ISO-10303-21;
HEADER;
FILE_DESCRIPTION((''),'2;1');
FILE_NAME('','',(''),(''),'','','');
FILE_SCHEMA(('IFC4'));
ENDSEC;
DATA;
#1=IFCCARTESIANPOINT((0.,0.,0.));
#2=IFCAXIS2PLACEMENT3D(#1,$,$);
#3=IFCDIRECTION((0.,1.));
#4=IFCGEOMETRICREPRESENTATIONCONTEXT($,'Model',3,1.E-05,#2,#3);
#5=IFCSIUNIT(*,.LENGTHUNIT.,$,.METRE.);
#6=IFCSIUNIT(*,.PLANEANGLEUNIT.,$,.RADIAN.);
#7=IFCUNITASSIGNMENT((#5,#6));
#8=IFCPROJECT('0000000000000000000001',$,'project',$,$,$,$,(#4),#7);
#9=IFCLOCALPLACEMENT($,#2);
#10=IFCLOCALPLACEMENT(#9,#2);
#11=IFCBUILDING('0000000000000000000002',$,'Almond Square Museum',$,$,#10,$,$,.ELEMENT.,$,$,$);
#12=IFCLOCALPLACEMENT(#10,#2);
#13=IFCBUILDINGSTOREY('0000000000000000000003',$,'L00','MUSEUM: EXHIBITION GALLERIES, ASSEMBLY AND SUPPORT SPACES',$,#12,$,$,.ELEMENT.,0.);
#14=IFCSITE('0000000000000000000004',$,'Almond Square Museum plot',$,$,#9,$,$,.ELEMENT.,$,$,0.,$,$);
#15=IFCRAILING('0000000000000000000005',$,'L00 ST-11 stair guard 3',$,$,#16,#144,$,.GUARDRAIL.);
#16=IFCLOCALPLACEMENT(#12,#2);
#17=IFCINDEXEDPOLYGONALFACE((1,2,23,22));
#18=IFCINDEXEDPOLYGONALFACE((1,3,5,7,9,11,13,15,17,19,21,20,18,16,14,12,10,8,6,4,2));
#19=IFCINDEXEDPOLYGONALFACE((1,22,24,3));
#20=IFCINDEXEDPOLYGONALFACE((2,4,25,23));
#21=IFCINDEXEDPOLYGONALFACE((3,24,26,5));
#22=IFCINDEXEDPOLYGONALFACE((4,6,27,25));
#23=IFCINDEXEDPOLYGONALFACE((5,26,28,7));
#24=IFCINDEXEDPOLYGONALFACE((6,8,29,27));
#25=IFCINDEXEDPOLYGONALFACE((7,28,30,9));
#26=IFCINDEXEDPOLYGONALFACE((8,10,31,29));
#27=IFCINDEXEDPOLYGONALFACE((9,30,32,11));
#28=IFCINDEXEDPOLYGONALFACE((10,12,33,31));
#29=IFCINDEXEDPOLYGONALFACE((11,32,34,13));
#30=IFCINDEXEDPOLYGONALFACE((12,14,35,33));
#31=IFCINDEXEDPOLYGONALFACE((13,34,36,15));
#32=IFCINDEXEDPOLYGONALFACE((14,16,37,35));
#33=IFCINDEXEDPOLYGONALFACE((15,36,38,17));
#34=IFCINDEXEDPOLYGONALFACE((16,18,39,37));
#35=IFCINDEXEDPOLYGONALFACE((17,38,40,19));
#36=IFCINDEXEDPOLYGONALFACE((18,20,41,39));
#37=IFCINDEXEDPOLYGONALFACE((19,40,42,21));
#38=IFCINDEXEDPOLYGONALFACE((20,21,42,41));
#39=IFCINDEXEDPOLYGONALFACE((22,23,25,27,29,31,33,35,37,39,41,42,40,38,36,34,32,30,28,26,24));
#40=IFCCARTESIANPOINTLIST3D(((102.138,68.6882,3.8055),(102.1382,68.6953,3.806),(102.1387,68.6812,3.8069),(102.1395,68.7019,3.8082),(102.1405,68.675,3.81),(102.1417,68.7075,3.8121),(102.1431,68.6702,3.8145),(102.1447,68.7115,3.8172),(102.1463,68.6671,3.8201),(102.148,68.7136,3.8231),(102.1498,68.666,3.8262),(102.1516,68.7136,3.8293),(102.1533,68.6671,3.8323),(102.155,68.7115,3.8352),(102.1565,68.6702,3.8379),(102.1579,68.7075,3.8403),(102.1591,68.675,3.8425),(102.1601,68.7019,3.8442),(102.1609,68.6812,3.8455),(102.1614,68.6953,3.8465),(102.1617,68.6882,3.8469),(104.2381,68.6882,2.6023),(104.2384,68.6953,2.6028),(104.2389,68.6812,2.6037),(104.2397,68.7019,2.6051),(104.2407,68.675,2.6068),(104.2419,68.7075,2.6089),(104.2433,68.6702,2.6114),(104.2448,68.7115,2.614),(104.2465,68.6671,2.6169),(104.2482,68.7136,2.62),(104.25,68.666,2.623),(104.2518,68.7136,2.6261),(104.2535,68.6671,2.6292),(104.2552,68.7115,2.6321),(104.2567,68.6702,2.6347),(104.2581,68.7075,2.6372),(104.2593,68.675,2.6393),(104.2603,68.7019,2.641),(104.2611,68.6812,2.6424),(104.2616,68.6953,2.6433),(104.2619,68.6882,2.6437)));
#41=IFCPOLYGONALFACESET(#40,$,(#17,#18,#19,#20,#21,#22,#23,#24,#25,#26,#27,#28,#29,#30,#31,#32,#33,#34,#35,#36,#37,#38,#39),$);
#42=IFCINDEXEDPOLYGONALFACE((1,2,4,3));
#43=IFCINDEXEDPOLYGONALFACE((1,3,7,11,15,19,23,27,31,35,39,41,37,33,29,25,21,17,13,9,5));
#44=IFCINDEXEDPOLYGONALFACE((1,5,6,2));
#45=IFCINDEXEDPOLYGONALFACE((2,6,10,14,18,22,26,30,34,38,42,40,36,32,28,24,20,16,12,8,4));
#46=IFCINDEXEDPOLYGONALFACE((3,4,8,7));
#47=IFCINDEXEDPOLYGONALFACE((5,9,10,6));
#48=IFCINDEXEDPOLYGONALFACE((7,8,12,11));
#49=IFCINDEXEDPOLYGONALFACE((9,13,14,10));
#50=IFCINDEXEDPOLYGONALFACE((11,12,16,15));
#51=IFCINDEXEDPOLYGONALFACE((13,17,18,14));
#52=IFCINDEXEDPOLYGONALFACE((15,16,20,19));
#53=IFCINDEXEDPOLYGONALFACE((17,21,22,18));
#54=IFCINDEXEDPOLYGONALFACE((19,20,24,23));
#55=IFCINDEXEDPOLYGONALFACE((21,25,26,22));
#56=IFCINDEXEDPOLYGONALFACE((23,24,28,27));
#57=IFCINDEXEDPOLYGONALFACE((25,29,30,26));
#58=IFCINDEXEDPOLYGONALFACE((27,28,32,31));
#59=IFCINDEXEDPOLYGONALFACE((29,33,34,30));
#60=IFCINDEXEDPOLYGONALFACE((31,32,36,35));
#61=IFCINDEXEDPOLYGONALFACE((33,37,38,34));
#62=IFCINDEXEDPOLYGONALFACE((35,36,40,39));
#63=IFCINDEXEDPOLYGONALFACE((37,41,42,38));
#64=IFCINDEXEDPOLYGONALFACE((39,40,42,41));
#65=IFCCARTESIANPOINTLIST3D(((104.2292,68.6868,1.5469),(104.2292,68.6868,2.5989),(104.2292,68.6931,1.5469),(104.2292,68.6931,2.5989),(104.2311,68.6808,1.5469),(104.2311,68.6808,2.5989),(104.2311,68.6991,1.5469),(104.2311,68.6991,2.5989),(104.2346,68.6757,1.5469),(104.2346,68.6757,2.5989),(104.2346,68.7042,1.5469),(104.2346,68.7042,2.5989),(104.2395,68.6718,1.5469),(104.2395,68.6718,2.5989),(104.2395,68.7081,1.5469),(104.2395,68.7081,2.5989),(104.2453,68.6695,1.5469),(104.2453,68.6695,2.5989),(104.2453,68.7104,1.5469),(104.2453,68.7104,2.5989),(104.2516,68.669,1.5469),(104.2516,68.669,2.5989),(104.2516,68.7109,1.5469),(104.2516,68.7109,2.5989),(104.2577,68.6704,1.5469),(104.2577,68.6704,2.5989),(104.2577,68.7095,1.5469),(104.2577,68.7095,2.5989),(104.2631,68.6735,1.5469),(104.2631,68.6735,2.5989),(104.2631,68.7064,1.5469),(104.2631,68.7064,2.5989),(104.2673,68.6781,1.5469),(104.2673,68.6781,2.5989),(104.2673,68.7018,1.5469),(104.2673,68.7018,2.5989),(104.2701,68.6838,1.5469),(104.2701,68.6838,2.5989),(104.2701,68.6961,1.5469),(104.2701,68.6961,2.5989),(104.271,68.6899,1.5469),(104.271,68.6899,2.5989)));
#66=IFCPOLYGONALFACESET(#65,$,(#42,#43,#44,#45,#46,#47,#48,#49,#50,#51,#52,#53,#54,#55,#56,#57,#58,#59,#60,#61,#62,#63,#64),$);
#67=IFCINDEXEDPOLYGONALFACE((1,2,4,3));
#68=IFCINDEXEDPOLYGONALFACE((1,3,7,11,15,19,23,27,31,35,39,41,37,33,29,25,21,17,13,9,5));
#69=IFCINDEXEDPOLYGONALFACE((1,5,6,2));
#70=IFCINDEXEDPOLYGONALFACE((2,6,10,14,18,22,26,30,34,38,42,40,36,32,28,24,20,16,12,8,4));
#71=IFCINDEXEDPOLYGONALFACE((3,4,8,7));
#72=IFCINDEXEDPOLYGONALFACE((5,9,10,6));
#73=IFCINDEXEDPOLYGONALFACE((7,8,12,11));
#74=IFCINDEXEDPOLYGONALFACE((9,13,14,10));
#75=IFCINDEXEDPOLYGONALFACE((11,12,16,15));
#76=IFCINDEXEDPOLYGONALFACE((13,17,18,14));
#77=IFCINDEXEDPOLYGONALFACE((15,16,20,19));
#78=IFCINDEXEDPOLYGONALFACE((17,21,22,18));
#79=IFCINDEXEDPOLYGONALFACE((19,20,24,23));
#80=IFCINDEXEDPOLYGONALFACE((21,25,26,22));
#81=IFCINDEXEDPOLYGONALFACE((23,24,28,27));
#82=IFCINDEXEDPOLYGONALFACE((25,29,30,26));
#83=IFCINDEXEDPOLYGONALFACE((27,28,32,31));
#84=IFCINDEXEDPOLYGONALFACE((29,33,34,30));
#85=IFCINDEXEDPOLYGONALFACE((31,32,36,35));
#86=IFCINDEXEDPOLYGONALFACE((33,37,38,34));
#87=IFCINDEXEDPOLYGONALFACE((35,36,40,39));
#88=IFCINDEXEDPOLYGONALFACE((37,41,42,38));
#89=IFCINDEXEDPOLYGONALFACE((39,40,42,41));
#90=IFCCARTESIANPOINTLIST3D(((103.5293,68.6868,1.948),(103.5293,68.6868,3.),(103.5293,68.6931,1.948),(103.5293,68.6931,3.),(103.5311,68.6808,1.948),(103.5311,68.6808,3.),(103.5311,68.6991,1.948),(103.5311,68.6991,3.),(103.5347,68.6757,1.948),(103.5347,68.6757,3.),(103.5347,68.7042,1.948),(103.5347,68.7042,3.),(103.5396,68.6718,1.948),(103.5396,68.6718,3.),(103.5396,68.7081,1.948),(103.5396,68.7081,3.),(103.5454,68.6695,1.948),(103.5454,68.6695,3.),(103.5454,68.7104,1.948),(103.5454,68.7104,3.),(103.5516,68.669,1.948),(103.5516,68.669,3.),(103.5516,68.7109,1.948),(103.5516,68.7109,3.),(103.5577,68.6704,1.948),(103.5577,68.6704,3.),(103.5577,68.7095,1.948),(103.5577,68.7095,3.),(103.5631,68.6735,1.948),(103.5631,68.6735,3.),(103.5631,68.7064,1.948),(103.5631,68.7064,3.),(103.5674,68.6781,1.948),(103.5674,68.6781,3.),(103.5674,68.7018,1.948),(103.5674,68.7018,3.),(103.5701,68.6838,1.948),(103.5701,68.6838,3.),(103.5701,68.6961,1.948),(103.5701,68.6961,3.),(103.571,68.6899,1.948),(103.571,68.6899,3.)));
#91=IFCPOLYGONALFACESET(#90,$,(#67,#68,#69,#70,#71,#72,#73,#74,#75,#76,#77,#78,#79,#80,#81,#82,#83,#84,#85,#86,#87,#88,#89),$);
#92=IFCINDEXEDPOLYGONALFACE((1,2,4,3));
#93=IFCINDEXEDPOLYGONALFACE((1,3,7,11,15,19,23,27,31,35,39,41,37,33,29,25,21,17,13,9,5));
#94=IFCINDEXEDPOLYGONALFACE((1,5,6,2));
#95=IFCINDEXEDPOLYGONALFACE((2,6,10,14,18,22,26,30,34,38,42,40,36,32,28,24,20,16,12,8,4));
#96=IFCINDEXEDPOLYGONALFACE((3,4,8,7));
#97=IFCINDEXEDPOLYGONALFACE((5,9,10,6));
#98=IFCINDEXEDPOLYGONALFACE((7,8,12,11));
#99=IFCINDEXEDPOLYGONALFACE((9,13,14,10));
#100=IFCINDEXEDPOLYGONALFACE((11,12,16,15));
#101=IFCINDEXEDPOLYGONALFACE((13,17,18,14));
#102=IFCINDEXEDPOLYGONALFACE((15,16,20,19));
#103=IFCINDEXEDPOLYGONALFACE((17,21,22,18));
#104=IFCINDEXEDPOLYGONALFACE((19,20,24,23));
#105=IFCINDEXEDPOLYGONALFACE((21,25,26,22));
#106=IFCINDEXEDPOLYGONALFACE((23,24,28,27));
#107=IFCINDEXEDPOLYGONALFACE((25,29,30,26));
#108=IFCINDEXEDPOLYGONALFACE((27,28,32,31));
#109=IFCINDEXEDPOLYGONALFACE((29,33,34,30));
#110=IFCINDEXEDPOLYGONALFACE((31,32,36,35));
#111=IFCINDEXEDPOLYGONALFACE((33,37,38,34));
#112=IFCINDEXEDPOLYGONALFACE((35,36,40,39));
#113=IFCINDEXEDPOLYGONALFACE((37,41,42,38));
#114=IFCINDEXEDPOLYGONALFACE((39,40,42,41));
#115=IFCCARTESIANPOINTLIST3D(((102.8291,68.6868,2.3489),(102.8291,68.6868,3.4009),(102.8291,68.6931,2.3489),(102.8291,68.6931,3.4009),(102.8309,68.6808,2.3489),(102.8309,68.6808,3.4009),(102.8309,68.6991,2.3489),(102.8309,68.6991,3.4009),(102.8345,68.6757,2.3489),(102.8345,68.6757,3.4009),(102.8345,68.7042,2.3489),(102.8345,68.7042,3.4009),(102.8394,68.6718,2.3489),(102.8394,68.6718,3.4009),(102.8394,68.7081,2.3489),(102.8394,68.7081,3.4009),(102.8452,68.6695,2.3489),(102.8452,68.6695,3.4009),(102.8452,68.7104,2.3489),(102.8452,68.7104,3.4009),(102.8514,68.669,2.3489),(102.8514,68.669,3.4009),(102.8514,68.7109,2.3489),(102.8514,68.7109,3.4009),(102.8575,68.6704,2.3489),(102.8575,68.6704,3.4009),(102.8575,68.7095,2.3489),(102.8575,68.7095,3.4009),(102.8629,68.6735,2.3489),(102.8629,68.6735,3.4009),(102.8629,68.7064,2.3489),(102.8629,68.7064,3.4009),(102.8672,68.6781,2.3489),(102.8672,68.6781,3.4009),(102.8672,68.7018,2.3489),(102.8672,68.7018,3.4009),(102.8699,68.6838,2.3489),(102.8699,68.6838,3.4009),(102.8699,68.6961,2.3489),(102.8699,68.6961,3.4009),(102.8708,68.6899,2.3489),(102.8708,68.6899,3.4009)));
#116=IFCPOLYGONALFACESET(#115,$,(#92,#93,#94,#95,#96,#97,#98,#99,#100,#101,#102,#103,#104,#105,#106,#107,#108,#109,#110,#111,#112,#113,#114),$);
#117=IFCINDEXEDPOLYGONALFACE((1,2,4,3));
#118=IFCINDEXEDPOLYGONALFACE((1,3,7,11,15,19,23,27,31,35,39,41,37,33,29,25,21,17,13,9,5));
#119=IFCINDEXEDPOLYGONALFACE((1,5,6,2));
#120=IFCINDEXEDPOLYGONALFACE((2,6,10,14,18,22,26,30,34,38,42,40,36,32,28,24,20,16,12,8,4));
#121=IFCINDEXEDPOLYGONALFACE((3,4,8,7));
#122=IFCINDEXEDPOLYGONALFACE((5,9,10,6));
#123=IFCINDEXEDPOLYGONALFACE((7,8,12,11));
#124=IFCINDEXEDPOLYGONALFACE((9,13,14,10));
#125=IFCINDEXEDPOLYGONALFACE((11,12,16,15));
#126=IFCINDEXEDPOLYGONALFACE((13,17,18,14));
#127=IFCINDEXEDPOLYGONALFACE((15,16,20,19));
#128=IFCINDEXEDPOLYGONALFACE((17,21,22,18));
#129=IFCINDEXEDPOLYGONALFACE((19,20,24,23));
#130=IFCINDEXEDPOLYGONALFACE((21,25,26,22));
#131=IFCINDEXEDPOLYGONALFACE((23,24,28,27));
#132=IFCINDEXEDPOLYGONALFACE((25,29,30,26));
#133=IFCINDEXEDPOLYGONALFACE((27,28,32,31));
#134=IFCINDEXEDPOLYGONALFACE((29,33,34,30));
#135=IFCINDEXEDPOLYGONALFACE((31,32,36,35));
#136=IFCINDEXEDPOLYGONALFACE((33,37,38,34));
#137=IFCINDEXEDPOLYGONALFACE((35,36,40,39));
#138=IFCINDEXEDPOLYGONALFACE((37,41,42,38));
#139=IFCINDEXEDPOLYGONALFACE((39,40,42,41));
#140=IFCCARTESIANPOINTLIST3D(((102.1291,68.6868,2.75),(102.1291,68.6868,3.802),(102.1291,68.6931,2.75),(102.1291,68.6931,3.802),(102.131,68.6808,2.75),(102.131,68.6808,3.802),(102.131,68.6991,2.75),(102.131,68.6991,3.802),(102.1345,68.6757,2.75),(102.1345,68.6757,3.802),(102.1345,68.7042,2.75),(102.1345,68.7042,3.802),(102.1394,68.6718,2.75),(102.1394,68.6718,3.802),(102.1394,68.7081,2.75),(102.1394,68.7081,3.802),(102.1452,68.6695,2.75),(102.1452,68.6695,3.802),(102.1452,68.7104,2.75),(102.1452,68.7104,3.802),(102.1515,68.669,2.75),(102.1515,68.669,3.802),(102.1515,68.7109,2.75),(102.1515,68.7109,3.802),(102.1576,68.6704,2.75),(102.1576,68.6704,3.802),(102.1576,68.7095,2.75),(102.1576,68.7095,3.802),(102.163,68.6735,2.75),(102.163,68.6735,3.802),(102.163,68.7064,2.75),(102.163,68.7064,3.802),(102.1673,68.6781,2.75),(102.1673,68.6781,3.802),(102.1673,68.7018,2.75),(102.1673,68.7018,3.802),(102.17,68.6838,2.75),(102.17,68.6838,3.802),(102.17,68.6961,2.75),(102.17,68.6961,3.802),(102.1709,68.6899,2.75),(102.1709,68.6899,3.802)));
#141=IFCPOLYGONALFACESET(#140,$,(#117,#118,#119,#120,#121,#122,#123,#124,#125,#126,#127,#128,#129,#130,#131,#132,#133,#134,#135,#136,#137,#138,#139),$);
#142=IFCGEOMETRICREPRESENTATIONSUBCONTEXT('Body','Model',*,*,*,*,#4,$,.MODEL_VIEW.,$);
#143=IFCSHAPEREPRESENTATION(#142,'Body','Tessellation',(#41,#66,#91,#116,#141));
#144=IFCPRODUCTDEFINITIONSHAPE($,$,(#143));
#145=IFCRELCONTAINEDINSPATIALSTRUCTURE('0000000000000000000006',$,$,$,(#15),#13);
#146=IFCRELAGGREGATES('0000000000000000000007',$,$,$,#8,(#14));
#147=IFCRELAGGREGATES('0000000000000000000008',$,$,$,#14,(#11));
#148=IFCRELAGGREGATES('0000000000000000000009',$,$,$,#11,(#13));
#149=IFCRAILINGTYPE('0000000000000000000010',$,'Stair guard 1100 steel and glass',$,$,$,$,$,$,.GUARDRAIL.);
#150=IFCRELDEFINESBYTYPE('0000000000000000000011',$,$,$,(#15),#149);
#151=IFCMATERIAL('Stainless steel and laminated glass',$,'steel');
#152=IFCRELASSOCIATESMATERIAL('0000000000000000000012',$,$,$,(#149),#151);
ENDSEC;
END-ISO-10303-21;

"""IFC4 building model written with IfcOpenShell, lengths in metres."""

from ifc_helpers import new_model, si_unit, direction, frame, origin, origin_2d, place, context, subcontext, project, spatial, circle, extrude, material, type_object, element, save


model = new_model("IFC4")

# Units and contexts
model_context = context("Model", 3, precision=1e-05, world=origin(), true_north=direction((0.0, 1.0)))
body_context = subcontext(model_context, "Body", "Model", "MODEL_VIEW")
ifc_project = project(units=[si_unit("LENGTHUNIT", "METRE"), si_unit("PLANEANGLEUNIT", "RADIAN")], contexts=[model_context])

# Site, building, storey
site_placement = place(None, origin())
site = spatial("IfcSite", under=ifc_project, at=site_placement, Name="Almond Square Museum plot", CompositionType="ELEMENT", RefElevation=0.0)
building_placement = place(site_placement, origin())
building = spatial("IfcBuilding", under=site, at=building_placement, Name="Almond Square Museum", CompositionType="ELEMENT")
storey_placement = place(building_placement, origin())
storey = spatial("IfcBuildingStorey", under=building, at=storey_placement, Name="L00", Description="MUSEUM: EXHIBITION GALLERIES, ASSEMBLY AND SUPPORT SPACES", CompositionType="ELEMENT", Elevation=0.0)

# Railing
ifc_material_1 = material(Name="Stainless steel and laminated glass", Category="steel")
railing_type_1 = type_object("IfcRailingType", Name="Stair guard 1100 steel and glass", PredefinedType="GUARDRAIL", material=ifc_material_1)
railing_1_placement = place(storey_placement, frame((104.25, 68.6899, 1.5469)))
element("IfcRailing", 1, at=railing_1_placement, inside=storey, type_object=railing_type_1, Name="L00 ST-11 stair guard 3", PredefinedType="GUARDRAIL", context=body_context, shape_type="SweptSolid", body=[
    extrude(circle(Radius=0.0239, at=origin_2d()), frame((0.0, 0.0, 1.0762), z_axis=(-0.867696, 0.0, 0.497095), x_axis=(0.0, -1.0, 0.0)), (0.0, 0.0, 1.0), 2.4204),
    extrude(circle(Radius=0.021, at=origin_2d()), origin(), (0.0, 0.0, 1.0), 1.052),
    extrude(circle(Radius=0.021, at=origin_2d()), frame((-0.7, 0.0, 0.4011)), (0.0, 0.0, 1.0), 1.052),
    extrude(circle(Radius=0.021, at=origin_2d()), frame((-1.4001, 0.0, 0.802)), (0.0, 0.0, 1.0), 1.052),
    extrude(circle(Radius=0.021, at=origin_2d()), frame((-2.1001, 0.0, 1.2031)), (0.0, 0.0, 1.0), 1.052),
])

save(model, "model.ifc")
